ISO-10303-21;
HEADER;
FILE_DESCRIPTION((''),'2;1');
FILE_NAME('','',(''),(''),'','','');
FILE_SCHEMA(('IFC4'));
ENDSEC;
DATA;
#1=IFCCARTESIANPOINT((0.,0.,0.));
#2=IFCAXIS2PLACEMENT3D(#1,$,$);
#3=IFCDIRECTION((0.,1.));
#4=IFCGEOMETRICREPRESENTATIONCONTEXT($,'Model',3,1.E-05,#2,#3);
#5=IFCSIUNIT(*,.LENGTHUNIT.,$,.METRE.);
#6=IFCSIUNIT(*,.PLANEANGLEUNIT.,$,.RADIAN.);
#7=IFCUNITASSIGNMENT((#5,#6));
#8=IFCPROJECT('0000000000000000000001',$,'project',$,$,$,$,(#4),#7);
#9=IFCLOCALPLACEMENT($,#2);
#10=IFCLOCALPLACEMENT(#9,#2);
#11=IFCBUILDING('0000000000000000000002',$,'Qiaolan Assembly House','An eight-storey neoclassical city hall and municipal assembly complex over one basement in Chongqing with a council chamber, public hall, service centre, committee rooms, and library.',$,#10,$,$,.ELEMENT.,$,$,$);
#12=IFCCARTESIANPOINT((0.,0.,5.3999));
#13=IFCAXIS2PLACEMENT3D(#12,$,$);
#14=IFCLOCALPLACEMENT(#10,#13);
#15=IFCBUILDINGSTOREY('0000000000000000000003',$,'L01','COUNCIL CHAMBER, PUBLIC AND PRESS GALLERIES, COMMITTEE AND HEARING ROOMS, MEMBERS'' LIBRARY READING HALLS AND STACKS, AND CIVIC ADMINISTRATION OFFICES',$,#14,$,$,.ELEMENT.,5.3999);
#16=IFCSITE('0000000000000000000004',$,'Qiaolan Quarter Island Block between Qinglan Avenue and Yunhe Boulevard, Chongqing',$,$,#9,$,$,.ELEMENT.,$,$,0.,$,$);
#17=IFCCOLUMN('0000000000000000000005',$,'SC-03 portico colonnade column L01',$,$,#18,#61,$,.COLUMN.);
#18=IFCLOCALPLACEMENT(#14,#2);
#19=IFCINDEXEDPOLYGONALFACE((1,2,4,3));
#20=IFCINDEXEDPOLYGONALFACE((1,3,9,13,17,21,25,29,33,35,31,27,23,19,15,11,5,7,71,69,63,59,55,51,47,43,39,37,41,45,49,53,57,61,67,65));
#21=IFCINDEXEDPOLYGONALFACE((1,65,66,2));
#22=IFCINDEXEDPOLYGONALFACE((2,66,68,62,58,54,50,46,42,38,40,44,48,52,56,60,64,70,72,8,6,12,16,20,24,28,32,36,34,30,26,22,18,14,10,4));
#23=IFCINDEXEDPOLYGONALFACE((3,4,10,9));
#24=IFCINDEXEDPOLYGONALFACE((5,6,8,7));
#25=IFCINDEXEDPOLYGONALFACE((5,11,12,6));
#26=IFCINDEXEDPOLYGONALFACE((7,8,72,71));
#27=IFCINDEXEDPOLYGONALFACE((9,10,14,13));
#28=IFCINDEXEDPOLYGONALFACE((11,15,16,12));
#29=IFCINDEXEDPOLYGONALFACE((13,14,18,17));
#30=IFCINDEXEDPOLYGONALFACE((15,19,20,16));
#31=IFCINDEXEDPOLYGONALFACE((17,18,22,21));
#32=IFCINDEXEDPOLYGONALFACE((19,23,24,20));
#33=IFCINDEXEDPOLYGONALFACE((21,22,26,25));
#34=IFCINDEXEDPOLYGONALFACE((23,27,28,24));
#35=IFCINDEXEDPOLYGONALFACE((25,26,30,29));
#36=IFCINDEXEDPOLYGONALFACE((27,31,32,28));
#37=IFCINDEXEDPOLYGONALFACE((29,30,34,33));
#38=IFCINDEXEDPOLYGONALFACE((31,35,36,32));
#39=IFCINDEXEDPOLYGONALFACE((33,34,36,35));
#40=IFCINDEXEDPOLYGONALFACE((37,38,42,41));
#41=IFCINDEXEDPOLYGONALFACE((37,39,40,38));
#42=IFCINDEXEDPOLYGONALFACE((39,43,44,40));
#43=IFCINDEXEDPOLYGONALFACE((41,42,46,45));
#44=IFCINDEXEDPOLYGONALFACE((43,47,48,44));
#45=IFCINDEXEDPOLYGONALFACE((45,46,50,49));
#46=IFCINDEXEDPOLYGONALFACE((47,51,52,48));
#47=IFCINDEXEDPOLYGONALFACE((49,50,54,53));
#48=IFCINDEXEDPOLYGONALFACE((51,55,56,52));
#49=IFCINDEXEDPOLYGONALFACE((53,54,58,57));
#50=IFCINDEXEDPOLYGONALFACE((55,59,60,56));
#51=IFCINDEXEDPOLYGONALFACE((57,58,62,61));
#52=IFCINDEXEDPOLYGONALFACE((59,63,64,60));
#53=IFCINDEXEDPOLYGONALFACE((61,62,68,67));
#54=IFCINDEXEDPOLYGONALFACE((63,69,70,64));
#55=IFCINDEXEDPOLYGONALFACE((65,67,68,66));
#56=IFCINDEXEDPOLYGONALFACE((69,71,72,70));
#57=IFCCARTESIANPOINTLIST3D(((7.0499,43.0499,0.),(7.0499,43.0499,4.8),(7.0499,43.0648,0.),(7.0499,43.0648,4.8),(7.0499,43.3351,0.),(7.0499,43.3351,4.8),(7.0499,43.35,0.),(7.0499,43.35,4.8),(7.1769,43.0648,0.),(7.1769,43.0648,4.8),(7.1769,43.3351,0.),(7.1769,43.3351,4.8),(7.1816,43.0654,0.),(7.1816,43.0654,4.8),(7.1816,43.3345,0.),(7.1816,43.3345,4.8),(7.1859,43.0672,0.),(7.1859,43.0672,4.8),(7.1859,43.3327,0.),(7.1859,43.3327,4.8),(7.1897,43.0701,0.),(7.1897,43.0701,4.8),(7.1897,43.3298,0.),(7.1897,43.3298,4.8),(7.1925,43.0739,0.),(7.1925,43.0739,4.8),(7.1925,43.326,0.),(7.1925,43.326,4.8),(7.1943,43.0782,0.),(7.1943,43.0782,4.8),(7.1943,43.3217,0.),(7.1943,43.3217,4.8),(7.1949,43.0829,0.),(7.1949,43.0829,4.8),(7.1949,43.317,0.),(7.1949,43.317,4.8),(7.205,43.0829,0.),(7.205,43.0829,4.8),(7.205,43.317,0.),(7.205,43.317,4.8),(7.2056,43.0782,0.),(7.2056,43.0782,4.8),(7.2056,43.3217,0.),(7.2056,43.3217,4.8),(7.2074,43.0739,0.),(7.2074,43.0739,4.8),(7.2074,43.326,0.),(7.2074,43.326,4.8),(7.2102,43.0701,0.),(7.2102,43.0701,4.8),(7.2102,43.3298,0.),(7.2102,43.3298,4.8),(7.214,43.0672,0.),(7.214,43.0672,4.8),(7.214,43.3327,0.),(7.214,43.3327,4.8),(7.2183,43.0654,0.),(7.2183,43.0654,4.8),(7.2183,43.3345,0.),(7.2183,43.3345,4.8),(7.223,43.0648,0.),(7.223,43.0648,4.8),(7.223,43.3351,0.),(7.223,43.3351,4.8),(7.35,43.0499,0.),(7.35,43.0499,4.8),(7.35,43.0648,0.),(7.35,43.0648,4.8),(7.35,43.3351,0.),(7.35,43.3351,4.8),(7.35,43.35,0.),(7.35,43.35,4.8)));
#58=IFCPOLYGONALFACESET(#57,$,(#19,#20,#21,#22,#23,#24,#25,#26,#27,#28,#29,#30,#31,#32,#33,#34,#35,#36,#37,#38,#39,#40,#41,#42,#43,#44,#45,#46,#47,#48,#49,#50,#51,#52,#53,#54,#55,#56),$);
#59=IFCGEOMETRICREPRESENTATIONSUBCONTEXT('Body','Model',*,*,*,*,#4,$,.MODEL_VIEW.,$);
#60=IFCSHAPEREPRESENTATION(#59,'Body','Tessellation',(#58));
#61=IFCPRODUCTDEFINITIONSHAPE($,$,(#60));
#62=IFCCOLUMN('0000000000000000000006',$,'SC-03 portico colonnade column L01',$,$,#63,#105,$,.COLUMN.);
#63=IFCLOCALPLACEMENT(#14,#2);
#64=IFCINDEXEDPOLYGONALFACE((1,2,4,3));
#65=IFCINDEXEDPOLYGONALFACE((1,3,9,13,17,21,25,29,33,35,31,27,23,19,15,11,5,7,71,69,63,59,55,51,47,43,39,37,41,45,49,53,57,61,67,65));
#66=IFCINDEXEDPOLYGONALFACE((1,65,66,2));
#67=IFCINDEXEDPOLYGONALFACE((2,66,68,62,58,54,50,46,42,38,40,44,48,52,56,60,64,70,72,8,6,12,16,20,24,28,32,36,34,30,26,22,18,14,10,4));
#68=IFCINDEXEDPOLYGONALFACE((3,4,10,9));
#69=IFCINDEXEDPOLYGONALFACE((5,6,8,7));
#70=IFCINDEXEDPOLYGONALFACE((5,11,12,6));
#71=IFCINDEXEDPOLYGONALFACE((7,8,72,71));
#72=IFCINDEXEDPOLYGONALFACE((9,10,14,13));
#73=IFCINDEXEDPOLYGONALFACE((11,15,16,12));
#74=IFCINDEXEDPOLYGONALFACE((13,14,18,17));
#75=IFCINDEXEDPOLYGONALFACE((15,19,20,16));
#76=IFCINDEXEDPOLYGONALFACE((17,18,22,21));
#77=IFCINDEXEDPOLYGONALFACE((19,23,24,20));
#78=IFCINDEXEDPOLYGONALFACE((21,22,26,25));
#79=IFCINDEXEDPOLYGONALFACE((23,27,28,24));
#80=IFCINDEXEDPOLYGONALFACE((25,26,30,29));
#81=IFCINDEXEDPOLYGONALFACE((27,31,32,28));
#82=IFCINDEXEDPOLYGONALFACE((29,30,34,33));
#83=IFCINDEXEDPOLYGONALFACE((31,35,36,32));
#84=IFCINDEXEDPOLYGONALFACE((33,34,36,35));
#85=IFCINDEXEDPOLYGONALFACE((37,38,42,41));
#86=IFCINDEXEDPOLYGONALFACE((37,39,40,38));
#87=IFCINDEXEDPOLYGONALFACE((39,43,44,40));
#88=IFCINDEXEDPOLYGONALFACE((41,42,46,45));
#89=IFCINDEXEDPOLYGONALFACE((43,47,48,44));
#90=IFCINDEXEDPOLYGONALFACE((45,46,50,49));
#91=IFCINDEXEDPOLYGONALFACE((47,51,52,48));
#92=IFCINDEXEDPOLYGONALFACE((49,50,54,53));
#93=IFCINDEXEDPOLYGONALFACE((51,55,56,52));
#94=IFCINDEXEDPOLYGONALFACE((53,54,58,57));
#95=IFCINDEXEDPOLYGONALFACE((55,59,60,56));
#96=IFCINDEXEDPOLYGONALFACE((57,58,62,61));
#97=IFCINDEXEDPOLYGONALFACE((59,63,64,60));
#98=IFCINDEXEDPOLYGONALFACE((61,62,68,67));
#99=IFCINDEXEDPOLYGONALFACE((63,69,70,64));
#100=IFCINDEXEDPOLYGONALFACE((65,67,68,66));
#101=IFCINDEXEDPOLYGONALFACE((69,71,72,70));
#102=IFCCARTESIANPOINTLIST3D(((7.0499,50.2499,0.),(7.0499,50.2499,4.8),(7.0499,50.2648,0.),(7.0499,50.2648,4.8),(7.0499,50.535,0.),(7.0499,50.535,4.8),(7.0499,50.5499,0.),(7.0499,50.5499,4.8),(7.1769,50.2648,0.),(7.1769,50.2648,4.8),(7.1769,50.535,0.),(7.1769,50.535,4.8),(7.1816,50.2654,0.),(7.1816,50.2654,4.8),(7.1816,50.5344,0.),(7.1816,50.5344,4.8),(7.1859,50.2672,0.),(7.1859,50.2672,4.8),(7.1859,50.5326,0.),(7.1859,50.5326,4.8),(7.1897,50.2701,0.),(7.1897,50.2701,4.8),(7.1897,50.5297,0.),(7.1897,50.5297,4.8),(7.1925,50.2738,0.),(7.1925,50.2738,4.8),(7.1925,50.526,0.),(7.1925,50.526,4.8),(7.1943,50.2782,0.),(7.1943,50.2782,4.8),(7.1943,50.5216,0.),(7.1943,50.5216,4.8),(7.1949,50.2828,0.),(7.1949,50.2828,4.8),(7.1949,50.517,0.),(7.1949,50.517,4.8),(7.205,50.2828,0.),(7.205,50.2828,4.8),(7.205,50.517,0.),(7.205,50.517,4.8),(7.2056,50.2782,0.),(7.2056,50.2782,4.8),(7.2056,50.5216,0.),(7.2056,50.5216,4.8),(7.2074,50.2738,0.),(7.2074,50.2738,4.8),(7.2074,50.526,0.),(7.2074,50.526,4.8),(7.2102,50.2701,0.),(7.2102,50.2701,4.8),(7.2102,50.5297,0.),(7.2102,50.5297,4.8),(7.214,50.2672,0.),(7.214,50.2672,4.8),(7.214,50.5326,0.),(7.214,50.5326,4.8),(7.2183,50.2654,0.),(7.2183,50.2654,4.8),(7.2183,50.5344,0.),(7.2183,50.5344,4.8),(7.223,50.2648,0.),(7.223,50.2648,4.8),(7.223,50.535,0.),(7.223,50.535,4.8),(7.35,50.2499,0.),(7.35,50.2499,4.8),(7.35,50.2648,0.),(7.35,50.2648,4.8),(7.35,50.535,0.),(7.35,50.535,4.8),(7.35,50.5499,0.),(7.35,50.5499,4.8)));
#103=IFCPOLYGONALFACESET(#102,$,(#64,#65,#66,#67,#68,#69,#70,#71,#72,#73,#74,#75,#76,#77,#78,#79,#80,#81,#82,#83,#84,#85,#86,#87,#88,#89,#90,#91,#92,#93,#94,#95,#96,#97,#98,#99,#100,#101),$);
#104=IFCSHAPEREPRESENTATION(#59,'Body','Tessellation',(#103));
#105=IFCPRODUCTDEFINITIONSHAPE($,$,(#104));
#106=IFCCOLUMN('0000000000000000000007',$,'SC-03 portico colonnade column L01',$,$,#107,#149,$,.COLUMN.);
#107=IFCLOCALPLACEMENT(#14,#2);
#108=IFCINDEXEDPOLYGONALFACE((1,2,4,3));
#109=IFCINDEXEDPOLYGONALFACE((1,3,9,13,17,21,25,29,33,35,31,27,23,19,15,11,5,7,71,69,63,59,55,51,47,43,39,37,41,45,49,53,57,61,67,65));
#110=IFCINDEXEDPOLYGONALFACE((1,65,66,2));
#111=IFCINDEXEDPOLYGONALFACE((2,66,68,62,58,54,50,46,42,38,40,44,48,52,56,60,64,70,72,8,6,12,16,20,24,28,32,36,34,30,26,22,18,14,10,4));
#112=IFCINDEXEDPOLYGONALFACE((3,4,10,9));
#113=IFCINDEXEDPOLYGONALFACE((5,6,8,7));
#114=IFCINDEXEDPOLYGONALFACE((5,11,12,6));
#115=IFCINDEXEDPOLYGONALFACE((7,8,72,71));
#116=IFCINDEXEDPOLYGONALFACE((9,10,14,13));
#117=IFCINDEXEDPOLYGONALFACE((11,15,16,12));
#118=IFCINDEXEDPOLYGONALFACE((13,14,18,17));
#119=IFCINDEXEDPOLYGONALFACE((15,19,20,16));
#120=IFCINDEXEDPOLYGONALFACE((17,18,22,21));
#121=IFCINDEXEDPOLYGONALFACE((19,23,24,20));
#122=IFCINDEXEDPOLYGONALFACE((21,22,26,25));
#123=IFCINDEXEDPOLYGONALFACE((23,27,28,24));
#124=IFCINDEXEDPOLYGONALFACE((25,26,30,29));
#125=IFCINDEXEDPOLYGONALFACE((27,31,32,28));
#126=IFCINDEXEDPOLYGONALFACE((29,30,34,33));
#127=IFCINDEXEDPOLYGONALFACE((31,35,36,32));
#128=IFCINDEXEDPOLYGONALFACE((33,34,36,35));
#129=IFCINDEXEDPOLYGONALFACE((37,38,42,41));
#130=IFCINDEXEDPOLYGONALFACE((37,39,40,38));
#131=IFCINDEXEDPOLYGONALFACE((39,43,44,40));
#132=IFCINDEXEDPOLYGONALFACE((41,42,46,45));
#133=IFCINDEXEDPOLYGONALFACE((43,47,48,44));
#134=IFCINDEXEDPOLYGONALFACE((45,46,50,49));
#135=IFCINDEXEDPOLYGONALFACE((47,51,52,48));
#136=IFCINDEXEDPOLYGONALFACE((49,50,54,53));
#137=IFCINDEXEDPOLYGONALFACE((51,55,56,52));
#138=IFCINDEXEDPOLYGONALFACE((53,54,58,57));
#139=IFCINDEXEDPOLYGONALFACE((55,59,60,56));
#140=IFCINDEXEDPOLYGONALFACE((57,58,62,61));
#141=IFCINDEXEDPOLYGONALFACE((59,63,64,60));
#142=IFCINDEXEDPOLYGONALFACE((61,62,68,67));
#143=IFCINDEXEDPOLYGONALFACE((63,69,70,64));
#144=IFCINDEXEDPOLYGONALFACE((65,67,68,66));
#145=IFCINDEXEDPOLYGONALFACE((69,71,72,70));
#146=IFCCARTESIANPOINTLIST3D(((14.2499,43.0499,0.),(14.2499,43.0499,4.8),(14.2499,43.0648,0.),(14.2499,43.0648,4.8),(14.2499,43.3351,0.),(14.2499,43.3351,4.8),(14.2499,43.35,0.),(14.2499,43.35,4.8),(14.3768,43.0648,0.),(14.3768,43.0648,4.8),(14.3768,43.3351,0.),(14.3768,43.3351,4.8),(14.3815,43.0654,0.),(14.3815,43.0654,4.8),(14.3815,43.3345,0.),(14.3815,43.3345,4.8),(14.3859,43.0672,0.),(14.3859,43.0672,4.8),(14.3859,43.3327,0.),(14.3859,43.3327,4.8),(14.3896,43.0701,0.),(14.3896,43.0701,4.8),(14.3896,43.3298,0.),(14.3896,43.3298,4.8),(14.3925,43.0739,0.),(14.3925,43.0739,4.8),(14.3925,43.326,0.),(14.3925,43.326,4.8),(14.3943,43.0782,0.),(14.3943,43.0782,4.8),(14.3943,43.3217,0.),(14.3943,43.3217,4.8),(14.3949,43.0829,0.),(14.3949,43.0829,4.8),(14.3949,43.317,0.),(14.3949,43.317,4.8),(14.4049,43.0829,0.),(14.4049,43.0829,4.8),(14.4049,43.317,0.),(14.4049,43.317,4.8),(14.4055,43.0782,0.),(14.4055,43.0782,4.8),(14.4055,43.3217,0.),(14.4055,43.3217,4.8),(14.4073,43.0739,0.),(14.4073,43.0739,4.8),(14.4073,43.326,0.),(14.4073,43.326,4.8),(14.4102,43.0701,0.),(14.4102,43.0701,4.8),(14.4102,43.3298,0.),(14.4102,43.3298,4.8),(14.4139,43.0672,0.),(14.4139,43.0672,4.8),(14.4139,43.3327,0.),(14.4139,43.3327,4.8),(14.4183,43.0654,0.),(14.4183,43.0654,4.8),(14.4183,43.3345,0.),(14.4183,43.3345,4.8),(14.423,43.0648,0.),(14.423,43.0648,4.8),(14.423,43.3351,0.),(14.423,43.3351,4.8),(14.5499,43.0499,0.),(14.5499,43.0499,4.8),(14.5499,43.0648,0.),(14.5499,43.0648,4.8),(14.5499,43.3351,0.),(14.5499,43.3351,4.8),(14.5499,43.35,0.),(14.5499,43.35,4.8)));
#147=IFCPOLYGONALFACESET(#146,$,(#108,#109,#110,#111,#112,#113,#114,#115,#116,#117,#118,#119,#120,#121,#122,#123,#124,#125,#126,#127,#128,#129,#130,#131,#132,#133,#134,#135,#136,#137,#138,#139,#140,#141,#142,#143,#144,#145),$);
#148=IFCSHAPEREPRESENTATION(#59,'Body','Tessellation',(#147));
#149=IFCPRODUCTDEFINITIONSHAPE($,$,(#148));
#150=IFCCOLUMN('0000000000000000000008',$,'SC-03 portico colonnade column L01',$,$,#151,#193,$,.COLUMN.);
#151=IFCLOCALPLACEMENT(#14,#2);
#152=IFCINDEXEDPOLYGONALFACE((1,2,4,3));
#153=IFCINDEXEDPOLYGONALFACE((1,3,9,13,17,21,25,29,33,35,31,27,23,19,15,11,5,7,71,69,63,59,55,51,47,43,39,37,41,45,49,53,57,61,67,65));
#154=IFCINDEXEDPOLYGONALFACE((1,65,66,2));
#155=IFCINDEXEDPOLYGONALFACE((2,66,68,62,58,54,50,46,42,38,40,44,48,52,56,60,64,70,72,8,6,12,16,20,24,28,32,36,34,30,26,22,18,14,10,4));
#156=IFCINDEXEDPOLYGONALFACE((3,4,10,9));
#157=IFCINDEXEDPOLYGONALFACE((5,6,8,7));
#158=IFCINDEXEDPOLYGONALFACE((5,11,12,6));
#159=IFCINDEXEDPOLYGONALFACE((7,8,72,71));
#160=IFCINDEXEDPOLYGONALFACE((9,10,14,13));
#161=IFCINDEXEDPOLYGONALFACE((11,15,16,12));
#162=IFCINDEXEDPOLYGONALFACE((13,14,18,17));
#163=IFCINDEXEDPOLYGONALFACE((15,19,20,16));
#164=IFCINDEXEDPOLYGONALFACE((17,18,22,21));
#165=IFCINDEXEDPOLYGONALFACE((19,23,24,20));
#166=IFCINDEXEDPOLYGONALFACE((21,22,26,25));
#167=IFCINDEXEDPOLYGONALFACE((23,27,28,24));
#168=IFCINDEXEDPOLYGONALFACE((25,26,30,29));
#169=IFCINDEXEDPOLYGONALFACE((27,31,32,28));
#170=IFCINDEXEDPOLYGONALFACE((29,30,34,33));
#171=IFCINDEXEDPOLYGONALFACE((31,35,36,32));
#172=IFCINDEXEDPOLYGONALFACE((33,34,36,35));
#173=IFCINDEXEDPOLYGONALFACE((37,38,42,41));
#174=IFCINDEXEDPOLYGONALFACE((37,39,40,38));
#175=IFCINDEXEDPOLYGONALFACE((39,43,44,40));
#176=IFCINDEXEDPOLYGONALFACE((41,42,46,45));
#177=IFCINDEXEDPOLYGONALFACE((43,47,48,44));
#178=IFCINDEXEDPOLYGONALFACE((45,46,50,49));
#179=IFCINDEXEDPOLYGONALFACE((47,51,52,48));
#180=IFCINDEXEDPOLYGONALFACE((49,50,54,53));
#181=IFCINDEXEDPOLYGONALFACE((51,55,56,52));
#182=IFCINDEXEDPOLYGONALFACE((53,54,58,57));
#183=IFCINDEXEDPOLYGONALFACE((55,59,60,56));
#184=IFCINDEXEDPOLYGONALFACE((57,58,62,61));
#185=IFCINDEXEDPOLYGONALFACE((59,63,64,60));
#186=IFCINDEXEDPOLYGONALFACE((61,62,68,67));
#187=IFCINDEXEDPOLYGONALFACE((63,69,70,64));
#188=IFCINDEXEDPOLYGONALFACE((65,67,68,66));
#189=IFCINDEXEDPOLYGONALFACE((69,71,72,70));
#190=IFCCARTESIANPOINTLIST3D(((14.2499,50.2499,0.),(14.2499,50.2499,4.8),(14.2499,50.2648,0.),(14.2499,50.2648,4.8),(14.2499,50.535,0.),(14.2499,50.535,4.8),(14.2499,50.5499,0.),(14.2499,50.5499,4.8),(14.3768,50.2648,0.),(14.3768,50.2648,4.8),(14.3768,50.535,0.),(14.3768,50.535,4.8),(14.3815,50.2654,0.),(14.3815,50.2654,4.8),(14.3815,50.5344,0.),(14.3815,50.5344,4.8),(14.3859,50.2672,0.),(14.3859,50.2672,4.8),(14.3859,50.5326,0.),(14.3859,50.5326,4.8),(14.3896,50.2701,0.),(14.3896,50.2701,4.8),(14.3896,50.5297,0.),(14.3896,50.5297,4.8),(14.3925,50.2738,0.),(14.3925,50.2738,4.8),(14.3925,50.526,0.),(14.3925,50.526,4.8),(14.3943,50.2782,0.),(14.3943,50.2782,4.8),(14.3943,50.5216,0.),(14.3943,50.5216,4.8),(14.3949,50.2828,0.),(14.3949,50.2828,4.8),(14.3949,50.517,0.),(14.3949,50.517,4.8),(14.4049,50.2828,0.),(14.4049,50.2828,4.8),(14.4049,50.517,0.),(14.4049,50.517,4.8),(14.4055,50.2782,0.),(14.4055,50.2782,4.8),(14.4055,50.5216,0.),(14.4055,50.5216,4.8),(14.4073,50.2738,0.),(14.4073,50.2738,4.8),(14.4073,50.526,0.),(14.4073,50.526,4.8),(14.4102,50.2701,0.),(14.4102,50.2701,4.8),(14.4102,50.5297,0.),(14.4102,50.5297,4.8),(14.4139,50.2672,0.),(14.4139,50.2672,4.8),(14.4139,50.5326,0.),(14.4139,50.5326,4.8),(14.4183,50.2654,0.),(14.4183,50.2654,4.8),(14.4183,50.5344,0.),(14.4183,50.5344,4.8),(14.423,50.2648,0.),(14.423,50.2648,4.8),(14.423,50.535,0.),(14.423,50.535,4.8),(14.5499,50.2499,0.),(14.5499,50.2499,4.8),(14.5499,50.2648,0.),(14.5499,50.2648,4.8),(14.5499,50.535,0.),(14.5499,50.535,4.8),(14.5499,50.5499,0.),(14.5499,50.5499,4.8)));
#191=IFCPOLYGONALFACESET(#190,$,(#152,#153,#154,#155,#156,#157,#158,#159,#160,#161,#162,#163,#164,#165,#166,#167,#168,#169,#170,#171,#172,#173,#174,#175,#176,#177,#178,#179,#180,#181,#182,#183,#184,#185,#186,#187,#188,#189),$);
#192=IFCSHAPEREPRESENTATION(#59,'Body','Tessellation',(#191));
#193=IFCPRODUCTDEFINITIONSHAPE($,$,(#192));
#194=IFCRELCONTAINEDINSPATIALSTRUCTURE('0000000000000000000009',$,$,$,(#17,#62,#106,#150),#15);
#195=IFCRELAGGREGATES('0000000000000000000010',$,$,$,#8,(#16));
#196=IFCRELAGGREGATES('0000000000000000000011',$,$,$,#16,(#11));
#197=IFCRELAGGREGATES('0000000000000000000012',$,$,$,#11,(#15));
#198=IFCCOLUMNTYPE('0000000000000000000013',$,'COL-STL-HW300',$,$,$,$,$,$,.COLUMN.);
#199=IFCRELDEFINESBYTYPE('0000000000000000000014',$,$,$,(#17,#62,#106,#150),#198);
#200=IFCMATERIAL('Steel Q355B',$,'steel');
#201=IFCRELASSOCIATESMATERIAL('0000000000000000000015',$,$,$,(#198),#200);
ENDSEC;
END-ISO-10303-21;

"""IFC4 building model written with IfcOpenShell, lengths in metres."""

from ifc_helpers import new_model, si_unit, direction, frame, origin, origin_2d, place, context, subcontext, project, spatial, i_section, extrude, material, material_profile, profile_set, type_object, element, save


model = new_model("IFC4")

# Units and contexts
model_context = context("Model", 3, precision=1e-05, world=origin(), true_north=direction((0.0, 1.0)))
body_context = subcontext(model_context, "Body", "Model", "MODEL_VIEW")
ifc_project = project(units=[si_unit("LENGTHUNIT", "METRE"), si_unit("PLANEANGLEUNIT", "RADIAN")], contexts=[model_context])

# Site, building, storey
site_placement = place(None, origin())
site = spatial("IfcSite", under=ifc_project, at=site_placement, Name="Qiaolan Quarter Island Block between Qinglan Avenue and Yunhe Boulevard, Chongqing", CompositionType="ELEMENT", RefElevation=0.0)
building_placement = place(site_placement, origin())
building = spatial("IfcBuilding", under=site, at=building_placement, Name="Qiaolan Assembly House", Description="An eight-storey neoclassical city hall and municipal assembly complex over one basement in Chongqing with a council chamber, public hall, service centre, committee rooms, and library.", CompositionType="ELEMENT")
storey_placement = place(building_placement, frame((0.0, 0.0, 5.3999)))
storey = spatial("IfcBuildingStorey", under=building, at=storey_placement, Name="L01", Description="COUNCIL CHAMBER, PUBLIC AND PRESS GALLERIES, COMMITTEE AND HEARING ROOMS, MEMBERS' LIBRARY READING HALLS AND STACKS, AND CIVIC ADMINISTRATION OFFICES", CompositionType="ELEMENT", Elevation=5.3999)

# Columns
ifc_material_1 = material(Name="Steel Q355B", Category="steel")
ifc_material_profile_1 = material_profile(ifc_material_1, i_section(OverallWidth=0.3, OverallDepth=0.3, WebThickness=0.01, FlangeThickness=0.0149, FilletRadius=0.0181, at=origin_2d()), Name="HW 300x300x10x15")
ifc_profile_set_1 = profile_set([ifc_material_profile_1], Name="Steel Q355B")
column_type_1 = type_object("IfcColumnType", Name="COL-STL-HW300", PredefinedType="COLUMN", material=ifc_profile_set_1)
for number, where, z_axis, x_axis, name in (
    (1, (7.2, 43.2, 0.0), (0.0, 0.0, 1.0), (1.0, 0.0, 0.0), "SC-03 portico colonnade column L01"),
    (2, (7.2, 50.3999, 0.0), (0.0, 0.0, 1.0), (1.0, 0.0, 0.0), "SC-03 portico colonnade column L01"),
    (3, (14.3999, 43.2, 0.0), (0.0, 0.0, 1.0), (1.0, 0.0, 0.0), "SC-03 portico colonnade column L01"),
    (4, (14.3999, 50.3999, 0.0), (0.0, 0.0, 1.0), (1.0, 0.0, 0.0), "SC-03 portico colonnade column L01"),
):
    element("IfcColumn", number, at=place(storey_placement, frame(where, z_axis=z_axis, x_axis=x_axis)), inside=storey, type_object=column_type_1, Name=name, PredefinedType="COLUMN", context=body_context, shape_type="SweptSolid", body=[
        extrude(i_section(OverallWidth=0.3, OverallDepth=0.3, WebThickness=0.01, FlangeThickness=0.0149, FilletRadius=0.0181, at=origin_2d()), origin(), (0.0, 0.0, 1.0), 4.8),
    ])

save(model, "model.ifc")
